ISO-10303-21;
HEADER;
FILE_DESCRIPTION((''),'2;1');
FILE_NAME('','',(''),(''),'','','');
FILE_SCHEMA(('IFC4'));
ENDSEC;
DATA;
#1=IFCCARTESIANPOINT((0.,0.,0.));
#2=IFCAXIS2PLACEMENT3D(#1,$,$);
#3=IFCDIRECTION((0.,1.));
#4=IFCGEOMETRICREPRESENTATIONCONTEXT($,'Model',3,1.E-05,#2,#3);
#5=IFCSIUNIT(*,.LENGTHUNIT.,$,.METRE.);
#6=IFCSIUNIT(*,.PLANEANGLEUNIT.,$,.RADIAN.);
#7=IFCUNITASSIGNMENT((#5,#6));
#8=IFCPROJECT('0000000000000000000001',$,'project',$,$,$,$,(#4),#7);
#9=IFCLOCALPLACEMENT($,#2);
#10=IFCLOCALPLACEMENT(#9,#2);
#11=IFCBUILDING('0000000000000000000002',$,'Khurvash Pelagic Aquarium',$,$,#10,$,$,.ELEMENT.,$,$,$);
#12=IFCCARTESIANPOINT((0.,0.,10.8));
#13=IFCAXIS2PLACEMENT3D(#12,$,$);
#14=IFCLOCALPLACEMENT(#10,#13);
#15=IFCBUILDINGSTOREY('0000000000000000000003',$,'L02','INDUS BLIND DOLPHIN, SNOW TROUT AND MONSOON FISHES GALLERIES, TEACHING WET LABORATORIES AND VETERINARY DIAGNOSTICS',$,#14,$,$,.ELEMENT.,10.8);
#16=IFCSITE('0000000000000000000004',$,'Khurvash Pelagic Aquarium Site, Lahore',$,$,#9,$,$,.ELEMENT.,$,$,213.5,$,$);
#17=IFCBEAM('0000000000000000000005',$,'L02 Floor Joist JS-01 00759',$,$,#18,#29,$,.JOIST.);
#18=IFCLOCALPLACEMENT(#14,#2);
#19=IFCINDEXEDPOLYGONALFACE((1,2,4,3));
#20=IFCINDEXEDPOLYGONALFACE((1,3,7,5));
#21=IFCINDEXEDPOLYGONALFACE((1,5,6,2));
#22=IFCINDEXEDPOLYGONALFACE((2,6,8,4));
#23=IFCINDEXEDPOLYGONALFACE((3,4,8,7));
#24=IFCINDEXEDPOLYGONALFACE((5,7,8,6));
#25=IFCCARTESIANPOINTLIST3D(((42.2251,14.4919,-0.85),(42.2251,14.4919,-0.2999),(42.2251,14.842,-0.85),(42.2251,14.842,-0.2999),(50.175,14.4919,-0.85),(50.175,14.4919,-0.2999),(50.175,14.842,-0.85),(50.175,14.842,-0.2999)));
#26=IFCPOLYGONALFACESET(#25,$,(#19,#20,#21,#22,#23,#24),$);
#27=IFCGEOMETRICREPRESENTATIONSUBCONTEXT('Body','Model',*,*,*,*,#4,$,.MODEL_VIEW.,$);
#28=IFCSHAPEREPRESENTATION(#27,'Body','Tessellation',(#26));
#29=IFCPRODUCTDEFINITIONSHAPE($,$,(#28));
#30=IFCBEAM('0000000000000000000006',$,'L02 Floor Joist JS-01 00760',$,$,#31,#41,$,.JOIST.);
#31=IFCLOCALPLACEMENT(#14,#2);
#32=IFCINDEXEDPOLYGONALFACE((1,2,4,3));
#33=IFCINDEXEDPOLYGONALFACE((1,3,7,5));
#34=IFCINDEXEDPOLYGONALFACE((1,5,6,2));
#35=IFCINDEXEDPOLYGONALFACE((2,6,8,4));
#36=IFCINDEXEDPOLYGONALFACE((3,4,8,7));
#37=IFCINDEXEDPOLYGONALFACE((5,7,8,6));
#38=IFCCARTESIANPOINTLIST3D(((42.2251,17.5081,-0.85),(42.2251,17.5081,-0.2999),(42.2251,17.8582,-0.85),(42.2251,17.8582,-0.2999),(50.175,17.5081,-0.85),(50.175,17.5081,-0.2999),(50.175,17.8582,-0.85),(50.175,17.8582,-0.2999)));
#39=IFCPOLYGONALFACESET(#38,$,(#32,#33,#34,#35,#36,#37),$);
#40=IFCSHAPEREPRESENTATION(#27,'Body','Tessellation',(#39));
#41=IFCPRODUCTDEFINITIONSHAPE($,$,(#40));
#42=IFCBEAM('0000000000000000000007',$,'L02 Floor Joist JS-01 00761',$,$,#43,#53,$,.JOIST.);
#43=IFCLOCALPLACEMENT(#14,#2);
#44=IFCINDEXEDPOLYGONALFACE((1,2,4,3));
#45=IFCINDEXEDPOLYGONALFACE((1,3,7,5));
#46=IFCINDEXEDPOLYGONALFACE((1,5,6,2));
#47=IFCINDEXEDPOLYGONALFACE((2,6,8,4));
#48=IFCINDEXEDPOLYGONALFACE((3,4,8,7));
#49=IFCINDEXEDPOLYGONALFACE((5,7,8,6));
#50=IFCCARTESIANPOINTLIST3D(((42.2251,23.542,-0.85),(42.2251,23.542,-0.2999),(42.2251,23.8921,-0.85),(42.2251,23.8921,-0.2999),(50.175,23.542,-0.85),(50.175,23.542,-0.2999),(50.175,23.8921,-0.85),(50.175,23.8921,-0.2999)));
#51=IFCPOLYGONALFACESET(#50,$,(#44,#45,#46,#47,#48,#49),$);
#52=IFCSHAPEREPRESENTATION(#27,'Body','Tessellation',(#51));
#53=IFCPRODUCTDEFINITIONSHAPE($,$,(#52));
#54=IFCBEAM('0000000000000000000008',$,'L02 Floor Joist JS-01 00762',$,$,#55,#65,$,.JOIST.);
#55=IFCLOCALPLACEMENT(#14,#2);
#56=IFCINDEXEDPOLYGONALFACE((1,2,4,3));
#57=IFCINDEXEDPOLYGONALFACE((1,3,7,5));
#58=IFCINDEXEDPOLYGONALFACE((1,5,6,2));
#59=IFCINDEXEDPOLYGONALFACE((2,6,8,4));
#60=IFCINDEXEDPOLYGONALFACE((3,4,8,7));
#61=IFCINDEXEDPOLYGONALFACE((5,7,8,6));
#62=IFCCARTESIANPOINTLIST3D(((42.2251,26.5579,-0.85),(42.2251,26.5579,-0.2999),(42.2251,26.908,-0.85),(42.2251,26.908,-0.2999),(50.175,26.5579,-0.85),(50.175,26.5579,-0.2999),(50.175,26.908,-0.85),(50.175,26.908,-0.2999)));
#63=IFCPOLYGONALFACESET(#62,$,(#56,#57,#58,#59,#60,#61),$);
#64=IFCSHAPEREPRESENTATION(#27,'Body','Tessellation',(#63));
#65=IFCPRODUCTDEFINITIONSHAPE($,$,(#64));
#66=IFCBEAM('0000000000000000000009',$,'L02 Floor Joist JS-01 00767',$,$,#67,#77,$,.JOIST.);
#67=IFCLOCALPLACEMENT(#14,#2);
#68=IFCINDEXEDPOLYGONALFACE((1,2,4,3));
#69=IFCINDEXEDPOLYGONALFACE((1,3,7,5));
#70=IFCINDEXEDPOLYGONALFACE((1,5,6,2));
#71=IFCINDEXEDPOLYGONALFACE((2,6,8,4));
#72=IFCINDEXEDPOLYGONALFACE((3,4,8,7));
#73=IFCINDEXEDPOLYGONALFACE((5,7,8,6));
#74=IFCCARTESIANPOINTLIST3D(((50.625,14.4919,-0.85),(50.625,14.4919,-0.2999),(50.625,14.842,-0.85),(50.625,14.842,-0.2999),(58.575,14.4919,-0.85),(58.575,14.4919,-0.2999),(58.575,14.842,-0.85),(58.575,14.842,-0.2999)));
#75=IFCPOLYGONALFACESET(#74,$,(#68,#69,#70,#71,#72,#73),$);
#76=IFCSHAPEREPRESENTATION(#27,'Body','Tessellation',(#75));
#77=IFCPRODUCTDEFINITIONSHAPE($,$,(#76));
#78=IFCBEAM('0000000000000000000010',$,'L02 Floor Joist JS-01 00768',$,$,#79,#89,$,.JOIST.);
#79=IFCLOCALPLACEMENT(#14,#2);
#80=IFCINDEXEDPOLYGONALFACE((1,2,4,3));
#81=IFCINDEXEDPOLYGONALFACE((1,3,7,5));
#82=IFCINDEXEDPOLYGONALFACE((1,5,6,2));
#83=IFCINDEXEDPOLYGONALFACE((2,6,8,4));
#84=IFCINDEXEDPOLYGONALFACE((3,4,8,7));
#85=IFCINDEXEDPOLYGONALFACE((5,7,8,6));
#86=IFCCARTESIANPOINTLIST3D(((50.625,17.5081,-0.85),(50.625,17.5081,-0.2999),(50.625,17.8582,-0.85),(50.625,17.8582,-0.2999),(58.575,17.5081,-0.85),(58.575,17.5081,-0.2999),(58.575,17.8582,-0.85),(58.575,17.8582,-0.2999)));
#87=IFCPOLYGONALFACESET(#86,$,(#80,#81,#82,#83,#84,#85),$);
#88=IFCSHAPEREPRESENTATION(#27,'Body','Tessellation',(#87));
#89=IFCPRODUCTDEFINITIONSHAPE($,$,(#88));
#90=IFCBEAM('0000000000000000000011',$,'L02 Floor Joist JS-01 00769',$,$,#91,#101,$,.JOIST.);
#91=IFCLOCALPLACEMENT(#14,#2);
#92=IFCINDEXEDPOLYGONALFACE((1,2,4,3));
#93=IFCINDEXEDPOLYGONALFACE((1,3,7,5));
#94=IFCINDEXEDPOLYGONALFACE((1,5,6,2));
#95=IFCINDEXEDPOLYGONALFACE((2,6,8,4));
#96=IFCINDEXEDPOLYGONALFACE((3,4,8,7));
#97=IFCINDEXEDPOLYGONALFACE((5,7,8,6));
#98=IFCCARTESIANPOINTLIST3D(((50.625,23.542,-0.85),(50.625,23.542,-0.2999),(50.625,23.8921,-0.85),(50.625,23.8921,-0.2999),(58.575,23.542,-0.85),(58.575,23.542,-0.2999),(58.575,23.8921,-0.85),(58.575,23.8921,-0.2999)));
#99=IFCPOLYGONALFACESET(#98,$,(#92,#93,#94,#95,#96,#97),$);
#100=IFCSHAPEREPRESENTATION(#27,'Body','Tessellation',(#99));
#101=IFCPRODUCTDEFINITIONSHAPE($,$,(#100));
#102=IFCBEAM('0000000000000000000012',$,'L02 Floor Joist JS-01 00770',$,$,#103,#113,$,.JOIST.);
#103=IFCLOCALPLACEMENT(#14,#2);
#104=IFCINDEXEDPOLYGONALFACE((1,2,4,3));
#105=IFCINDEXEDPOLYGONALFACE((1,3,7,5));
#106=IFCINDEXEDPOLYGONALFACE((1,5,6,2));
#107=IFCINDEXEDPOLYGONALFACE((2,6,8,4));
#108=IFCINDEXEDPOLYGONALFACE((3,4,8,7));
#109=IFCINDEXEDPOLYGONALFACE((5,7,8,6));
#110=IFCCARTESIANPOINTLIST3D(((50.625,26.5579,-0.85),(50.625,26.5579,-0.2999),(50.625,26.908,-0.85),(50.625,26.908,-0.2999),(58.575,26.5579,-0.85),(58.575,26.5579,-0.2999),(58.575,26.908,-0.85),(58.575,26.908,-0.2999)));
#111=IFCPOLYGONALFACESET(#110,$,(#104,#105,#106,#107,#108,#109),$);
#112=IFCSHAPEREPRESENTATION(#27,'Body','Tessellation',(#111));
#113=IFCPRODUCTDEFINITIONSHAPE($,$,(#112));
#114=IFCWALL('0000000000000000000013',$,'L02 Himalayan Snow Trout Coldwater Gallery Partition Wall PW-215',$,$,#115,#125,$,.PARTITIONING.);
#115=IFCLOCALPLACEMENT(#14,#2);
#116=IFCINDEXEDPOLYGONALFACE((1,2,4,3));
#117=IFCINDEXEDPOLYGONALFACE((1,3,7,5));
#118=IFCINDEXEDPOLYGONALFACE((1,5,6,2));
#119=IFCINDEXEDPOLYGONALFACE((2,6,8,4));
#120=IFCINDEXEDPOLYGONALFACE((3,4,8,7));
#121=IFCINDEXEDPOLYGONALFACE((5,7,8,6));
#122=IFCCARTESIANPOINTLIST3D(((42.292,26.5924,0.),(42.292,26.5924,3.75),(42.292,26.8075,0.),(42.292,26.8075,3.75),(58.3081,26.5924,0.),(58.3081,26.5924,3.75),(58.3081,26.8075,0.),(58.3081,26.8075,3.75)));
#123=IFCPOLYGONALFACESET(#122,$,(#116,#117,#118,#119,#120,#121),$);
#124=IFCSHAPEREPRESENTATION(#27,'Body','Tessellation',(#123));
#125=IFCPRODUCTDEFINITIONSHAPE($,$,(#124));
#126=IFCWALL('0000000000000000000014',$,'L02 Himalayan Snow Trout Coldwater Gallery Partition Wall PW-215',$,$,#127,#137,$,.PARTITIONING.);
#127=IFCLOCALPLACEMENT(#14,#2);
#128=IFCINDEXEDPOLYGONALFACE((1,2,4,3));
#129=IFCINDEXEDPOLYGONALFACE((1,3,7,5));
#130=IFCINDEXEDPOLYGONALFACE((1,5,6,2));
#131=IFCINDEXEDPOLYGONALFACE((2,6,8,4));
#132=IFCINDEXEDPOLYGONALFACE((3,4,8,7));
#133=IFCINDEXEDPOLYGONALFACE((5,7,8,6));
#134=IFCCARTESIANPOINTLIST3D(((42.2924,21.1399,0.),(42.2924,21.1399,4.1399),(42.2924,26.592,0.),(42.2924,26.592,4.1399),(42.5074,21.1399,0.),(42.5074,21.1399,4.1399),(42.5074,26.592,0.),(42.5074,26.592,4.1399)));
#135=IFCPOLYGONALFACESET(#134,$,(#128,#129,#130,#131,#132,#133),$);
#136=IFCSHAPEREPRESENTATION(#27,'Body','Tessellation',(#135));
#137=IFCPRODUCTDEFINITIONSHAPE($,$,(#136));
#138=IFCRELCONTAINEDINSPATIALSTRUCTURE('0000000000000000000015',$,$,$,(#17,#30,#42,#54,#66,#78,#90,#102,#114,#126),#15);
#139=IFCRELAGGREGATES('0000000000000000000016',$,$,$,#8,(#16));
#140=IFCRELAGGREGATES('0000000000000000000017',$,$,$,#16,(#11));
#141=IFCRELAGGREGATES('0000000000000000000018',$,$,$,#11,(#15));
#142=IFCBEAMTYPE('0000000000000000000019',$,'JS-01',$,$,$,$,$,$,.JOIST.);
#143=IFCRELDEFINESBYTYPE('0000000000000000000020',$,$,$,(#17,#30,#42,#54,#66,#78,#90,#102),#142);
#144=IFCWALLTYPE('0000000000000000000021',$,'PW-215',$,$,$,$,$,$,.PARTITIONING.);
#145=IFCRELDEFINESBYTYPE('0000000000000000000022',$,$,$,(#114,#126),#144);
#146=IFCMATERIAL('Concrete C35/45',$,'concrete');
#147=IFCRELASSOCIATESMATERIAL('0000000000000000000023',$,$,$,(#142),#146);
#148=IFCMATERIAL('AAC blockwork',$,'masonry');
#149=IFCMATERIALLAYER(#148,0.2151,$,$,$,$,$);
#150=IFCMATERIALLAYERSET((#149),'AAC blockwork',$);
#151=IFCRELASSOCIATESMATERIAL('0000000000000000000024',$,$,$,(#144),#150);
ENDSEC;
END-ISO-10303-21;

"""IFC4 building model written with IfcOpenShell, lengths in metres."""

from ifc_helpers import new_model, si_unit, direction, frame, frame_2d, origin, origin_2d, place, context, subcontext, project, spatial, rectangle, extrude, material, layer, layer_set, material_profile, profile_set, type_object, element, save


model = new_model("IFC4")

# Units and contexts
model_context = context("Model", 3, precision=1e-05, world=origin(), true_north=direction((0.0, 1.0)))
body_context = subcontext(model_context, "Body", "Model", "MODEL_VIEW")
ifc_project = project(units=[si_unit("LENGTHUNIT", "METRE"), si_unit("PLANEANGLEUNIT", "RADIAN")], contexts=[model_context])

# Site, building, storey
site_placement = place(None, origin())
site = spatial("IfcSite", under=ifc_project, at=site_placement, Name="Khurvash Pelagic Aquarium Site, Lahore", CompositionType="ELEMENT", RefElevation=213.5)
building_placement = place(site_placement, origin())
building = spatial("IfcBuilding", under=site, at=building_placement, Name="Khurvash Pelagic Aquarium", CompositionType="ELEMENT")
storey_placement = place(building_placement, frame((0.0, 0.0, 10.8)))
storey = spatial("IfcBuildingStorey", under=building, at=storey_placement, Name="L02", Description="INDUS BLIND DOLPHIN, SNOW TROUT AND MONSOON FISHES GALLERIES, TEACHING WET LABORATORIES AND VETERINARY DIAGNOSTICS", CompositionType="ELEMENT", Elevation=10.8)

# Beams
ifc_material_1 = material(Name="Concrete C35/45", Category="concrete")
ifc_material_profile_1 = material_profile(ifc_material_1, rectangle(XDim=0.3501, YDim=0.55, at=origin_2d()), Name="RC350X550")
ifc_profile_set_1 = profile_set([ifc_material_profile_1], Name="Concrete C35/45")
beam_type_1 = type_object("IfcBeamType", Name="JS-01", PredefinedType="JOIST", material=ifc_profile_set_1)
for number, where, z_axis, x_axis, name in (
    (1, (42.2251, 14.667, -0.575), (1.0, 0.0, 0.0), (0.0, 1.0, 0.0), "L02 Floor Joist JS-01 00759"),
    (2, (42.2251, 17.6831, -0.575), (1.0, 0.0, 0.0), (0.0, 1.0, 0.0), "L02 Floor Joist JS-01 00760"),
    (3, (42.2251, 23.717, -0.575), (1.0, 0.0, 0.0), (0.0, 1.0, 0.0), "L02 Floor Joist JS-01 00761"),
    (4, (42.2251, 26.7329, -0.575), (1.0, 0.0, 0.0), (0.0, 1.0, 0.0), "L02 Floor Joist JS-01 00762"),
    (5, (50.625, 14.667, -0.575), (1.0, 0.0, 0.0), (0.0, 1.0, 0.0), "L02 Floor Joist JS-01 00767"),
    (6, (50.625, 17.6831, -0.575), (1.0, 0.0, 0.0), (0.0, 1.0, 0.0), "L02 Floor Joist JS-01 00768"),
    (7, (50.625, 23.717, -0.575), (1.0, 0.0, 0.0), (0.0, 1.0, 0.0), "L02 Floor Joist JS-01 00769"),
    (8, (50.625, 26.7329, -0.575), (1.0, 0.0, 0.0), (0.0, 1.0, 0.0), "L02 Floor Joist JS-01 00770"),
):
    element("IfcBeam", number, at=place(storey_placement, frame(where, z_axis=z_axis, x_axis=x_axis)), inside=storey, type_object=beam_type_1, Name=name, PredefinedType="JOIST", context=body_context, shape_type="SweptSolid", body=[
        extrude(rectangle(XDim=0.3501, YDim=0.55, at=origin_2d()), origin(), (0.0, 0.0, 1.0), 7.95),
    ])

# Walls
ifc_material_2 = material(Name="AAC blockwork", Category="masonry")
ifc_layer = layer(ifc_material_2, 0.2151)
ifc_layer_set = layer_set([ifc_layer], Name="AAC blockwork")
wall_type = type_object("IfcWallType", Name="PW-215", PredefinedType="PARTITIONING", material=ifc_layer_set)
wall_1_placement = place(storey_placement, frame((42.292, 26.7, 0.0), z_axis=(0.0, 0.0, 1.0), x_axis=(1.0, 0.0, 0.0)))
element("IfcWall", 9, at=wall_1_placement, inside=storey, type_object=wall_type, Name="L02 Himalayan Snow Trout Coldwater Gallery Partition Wall PW-215", PredefinedType="PARTITIONING", context=body_context, shape_type="SweptSolid", body=[
    extrude(rectangle(XDim=16.0161, YDim=0.2151, at=frame_2d((8.0081, 0.0))), origin(), (0.0, 0.0, 1.0), 3.75),
])
wall_2_placement = place(storey_placement, frame((42.3999, 21.1399, 0.0), z_axis=(0.0, 0.0, 1.0), x_axis=(0.0, 1.0, 0.0)))
element("IfcWall", 10, at=wall_2_placement, inside=storey, type_object=wall_type, Name="L02 Himalayan Snow Trout Coldwater Gallery Partition Wall PW-215", PredefinedType="PARTITIONING", context=body_context, shape_type="SweptSolid", body=[
    extrude(rectangle(XDim=5.4521, YDim=0.2151, at=frame_2d((2.7261, 0.0))), origin(), (0.0, 0.0, 1.0), 4.1399),
])

save(model, "model.ifc")
